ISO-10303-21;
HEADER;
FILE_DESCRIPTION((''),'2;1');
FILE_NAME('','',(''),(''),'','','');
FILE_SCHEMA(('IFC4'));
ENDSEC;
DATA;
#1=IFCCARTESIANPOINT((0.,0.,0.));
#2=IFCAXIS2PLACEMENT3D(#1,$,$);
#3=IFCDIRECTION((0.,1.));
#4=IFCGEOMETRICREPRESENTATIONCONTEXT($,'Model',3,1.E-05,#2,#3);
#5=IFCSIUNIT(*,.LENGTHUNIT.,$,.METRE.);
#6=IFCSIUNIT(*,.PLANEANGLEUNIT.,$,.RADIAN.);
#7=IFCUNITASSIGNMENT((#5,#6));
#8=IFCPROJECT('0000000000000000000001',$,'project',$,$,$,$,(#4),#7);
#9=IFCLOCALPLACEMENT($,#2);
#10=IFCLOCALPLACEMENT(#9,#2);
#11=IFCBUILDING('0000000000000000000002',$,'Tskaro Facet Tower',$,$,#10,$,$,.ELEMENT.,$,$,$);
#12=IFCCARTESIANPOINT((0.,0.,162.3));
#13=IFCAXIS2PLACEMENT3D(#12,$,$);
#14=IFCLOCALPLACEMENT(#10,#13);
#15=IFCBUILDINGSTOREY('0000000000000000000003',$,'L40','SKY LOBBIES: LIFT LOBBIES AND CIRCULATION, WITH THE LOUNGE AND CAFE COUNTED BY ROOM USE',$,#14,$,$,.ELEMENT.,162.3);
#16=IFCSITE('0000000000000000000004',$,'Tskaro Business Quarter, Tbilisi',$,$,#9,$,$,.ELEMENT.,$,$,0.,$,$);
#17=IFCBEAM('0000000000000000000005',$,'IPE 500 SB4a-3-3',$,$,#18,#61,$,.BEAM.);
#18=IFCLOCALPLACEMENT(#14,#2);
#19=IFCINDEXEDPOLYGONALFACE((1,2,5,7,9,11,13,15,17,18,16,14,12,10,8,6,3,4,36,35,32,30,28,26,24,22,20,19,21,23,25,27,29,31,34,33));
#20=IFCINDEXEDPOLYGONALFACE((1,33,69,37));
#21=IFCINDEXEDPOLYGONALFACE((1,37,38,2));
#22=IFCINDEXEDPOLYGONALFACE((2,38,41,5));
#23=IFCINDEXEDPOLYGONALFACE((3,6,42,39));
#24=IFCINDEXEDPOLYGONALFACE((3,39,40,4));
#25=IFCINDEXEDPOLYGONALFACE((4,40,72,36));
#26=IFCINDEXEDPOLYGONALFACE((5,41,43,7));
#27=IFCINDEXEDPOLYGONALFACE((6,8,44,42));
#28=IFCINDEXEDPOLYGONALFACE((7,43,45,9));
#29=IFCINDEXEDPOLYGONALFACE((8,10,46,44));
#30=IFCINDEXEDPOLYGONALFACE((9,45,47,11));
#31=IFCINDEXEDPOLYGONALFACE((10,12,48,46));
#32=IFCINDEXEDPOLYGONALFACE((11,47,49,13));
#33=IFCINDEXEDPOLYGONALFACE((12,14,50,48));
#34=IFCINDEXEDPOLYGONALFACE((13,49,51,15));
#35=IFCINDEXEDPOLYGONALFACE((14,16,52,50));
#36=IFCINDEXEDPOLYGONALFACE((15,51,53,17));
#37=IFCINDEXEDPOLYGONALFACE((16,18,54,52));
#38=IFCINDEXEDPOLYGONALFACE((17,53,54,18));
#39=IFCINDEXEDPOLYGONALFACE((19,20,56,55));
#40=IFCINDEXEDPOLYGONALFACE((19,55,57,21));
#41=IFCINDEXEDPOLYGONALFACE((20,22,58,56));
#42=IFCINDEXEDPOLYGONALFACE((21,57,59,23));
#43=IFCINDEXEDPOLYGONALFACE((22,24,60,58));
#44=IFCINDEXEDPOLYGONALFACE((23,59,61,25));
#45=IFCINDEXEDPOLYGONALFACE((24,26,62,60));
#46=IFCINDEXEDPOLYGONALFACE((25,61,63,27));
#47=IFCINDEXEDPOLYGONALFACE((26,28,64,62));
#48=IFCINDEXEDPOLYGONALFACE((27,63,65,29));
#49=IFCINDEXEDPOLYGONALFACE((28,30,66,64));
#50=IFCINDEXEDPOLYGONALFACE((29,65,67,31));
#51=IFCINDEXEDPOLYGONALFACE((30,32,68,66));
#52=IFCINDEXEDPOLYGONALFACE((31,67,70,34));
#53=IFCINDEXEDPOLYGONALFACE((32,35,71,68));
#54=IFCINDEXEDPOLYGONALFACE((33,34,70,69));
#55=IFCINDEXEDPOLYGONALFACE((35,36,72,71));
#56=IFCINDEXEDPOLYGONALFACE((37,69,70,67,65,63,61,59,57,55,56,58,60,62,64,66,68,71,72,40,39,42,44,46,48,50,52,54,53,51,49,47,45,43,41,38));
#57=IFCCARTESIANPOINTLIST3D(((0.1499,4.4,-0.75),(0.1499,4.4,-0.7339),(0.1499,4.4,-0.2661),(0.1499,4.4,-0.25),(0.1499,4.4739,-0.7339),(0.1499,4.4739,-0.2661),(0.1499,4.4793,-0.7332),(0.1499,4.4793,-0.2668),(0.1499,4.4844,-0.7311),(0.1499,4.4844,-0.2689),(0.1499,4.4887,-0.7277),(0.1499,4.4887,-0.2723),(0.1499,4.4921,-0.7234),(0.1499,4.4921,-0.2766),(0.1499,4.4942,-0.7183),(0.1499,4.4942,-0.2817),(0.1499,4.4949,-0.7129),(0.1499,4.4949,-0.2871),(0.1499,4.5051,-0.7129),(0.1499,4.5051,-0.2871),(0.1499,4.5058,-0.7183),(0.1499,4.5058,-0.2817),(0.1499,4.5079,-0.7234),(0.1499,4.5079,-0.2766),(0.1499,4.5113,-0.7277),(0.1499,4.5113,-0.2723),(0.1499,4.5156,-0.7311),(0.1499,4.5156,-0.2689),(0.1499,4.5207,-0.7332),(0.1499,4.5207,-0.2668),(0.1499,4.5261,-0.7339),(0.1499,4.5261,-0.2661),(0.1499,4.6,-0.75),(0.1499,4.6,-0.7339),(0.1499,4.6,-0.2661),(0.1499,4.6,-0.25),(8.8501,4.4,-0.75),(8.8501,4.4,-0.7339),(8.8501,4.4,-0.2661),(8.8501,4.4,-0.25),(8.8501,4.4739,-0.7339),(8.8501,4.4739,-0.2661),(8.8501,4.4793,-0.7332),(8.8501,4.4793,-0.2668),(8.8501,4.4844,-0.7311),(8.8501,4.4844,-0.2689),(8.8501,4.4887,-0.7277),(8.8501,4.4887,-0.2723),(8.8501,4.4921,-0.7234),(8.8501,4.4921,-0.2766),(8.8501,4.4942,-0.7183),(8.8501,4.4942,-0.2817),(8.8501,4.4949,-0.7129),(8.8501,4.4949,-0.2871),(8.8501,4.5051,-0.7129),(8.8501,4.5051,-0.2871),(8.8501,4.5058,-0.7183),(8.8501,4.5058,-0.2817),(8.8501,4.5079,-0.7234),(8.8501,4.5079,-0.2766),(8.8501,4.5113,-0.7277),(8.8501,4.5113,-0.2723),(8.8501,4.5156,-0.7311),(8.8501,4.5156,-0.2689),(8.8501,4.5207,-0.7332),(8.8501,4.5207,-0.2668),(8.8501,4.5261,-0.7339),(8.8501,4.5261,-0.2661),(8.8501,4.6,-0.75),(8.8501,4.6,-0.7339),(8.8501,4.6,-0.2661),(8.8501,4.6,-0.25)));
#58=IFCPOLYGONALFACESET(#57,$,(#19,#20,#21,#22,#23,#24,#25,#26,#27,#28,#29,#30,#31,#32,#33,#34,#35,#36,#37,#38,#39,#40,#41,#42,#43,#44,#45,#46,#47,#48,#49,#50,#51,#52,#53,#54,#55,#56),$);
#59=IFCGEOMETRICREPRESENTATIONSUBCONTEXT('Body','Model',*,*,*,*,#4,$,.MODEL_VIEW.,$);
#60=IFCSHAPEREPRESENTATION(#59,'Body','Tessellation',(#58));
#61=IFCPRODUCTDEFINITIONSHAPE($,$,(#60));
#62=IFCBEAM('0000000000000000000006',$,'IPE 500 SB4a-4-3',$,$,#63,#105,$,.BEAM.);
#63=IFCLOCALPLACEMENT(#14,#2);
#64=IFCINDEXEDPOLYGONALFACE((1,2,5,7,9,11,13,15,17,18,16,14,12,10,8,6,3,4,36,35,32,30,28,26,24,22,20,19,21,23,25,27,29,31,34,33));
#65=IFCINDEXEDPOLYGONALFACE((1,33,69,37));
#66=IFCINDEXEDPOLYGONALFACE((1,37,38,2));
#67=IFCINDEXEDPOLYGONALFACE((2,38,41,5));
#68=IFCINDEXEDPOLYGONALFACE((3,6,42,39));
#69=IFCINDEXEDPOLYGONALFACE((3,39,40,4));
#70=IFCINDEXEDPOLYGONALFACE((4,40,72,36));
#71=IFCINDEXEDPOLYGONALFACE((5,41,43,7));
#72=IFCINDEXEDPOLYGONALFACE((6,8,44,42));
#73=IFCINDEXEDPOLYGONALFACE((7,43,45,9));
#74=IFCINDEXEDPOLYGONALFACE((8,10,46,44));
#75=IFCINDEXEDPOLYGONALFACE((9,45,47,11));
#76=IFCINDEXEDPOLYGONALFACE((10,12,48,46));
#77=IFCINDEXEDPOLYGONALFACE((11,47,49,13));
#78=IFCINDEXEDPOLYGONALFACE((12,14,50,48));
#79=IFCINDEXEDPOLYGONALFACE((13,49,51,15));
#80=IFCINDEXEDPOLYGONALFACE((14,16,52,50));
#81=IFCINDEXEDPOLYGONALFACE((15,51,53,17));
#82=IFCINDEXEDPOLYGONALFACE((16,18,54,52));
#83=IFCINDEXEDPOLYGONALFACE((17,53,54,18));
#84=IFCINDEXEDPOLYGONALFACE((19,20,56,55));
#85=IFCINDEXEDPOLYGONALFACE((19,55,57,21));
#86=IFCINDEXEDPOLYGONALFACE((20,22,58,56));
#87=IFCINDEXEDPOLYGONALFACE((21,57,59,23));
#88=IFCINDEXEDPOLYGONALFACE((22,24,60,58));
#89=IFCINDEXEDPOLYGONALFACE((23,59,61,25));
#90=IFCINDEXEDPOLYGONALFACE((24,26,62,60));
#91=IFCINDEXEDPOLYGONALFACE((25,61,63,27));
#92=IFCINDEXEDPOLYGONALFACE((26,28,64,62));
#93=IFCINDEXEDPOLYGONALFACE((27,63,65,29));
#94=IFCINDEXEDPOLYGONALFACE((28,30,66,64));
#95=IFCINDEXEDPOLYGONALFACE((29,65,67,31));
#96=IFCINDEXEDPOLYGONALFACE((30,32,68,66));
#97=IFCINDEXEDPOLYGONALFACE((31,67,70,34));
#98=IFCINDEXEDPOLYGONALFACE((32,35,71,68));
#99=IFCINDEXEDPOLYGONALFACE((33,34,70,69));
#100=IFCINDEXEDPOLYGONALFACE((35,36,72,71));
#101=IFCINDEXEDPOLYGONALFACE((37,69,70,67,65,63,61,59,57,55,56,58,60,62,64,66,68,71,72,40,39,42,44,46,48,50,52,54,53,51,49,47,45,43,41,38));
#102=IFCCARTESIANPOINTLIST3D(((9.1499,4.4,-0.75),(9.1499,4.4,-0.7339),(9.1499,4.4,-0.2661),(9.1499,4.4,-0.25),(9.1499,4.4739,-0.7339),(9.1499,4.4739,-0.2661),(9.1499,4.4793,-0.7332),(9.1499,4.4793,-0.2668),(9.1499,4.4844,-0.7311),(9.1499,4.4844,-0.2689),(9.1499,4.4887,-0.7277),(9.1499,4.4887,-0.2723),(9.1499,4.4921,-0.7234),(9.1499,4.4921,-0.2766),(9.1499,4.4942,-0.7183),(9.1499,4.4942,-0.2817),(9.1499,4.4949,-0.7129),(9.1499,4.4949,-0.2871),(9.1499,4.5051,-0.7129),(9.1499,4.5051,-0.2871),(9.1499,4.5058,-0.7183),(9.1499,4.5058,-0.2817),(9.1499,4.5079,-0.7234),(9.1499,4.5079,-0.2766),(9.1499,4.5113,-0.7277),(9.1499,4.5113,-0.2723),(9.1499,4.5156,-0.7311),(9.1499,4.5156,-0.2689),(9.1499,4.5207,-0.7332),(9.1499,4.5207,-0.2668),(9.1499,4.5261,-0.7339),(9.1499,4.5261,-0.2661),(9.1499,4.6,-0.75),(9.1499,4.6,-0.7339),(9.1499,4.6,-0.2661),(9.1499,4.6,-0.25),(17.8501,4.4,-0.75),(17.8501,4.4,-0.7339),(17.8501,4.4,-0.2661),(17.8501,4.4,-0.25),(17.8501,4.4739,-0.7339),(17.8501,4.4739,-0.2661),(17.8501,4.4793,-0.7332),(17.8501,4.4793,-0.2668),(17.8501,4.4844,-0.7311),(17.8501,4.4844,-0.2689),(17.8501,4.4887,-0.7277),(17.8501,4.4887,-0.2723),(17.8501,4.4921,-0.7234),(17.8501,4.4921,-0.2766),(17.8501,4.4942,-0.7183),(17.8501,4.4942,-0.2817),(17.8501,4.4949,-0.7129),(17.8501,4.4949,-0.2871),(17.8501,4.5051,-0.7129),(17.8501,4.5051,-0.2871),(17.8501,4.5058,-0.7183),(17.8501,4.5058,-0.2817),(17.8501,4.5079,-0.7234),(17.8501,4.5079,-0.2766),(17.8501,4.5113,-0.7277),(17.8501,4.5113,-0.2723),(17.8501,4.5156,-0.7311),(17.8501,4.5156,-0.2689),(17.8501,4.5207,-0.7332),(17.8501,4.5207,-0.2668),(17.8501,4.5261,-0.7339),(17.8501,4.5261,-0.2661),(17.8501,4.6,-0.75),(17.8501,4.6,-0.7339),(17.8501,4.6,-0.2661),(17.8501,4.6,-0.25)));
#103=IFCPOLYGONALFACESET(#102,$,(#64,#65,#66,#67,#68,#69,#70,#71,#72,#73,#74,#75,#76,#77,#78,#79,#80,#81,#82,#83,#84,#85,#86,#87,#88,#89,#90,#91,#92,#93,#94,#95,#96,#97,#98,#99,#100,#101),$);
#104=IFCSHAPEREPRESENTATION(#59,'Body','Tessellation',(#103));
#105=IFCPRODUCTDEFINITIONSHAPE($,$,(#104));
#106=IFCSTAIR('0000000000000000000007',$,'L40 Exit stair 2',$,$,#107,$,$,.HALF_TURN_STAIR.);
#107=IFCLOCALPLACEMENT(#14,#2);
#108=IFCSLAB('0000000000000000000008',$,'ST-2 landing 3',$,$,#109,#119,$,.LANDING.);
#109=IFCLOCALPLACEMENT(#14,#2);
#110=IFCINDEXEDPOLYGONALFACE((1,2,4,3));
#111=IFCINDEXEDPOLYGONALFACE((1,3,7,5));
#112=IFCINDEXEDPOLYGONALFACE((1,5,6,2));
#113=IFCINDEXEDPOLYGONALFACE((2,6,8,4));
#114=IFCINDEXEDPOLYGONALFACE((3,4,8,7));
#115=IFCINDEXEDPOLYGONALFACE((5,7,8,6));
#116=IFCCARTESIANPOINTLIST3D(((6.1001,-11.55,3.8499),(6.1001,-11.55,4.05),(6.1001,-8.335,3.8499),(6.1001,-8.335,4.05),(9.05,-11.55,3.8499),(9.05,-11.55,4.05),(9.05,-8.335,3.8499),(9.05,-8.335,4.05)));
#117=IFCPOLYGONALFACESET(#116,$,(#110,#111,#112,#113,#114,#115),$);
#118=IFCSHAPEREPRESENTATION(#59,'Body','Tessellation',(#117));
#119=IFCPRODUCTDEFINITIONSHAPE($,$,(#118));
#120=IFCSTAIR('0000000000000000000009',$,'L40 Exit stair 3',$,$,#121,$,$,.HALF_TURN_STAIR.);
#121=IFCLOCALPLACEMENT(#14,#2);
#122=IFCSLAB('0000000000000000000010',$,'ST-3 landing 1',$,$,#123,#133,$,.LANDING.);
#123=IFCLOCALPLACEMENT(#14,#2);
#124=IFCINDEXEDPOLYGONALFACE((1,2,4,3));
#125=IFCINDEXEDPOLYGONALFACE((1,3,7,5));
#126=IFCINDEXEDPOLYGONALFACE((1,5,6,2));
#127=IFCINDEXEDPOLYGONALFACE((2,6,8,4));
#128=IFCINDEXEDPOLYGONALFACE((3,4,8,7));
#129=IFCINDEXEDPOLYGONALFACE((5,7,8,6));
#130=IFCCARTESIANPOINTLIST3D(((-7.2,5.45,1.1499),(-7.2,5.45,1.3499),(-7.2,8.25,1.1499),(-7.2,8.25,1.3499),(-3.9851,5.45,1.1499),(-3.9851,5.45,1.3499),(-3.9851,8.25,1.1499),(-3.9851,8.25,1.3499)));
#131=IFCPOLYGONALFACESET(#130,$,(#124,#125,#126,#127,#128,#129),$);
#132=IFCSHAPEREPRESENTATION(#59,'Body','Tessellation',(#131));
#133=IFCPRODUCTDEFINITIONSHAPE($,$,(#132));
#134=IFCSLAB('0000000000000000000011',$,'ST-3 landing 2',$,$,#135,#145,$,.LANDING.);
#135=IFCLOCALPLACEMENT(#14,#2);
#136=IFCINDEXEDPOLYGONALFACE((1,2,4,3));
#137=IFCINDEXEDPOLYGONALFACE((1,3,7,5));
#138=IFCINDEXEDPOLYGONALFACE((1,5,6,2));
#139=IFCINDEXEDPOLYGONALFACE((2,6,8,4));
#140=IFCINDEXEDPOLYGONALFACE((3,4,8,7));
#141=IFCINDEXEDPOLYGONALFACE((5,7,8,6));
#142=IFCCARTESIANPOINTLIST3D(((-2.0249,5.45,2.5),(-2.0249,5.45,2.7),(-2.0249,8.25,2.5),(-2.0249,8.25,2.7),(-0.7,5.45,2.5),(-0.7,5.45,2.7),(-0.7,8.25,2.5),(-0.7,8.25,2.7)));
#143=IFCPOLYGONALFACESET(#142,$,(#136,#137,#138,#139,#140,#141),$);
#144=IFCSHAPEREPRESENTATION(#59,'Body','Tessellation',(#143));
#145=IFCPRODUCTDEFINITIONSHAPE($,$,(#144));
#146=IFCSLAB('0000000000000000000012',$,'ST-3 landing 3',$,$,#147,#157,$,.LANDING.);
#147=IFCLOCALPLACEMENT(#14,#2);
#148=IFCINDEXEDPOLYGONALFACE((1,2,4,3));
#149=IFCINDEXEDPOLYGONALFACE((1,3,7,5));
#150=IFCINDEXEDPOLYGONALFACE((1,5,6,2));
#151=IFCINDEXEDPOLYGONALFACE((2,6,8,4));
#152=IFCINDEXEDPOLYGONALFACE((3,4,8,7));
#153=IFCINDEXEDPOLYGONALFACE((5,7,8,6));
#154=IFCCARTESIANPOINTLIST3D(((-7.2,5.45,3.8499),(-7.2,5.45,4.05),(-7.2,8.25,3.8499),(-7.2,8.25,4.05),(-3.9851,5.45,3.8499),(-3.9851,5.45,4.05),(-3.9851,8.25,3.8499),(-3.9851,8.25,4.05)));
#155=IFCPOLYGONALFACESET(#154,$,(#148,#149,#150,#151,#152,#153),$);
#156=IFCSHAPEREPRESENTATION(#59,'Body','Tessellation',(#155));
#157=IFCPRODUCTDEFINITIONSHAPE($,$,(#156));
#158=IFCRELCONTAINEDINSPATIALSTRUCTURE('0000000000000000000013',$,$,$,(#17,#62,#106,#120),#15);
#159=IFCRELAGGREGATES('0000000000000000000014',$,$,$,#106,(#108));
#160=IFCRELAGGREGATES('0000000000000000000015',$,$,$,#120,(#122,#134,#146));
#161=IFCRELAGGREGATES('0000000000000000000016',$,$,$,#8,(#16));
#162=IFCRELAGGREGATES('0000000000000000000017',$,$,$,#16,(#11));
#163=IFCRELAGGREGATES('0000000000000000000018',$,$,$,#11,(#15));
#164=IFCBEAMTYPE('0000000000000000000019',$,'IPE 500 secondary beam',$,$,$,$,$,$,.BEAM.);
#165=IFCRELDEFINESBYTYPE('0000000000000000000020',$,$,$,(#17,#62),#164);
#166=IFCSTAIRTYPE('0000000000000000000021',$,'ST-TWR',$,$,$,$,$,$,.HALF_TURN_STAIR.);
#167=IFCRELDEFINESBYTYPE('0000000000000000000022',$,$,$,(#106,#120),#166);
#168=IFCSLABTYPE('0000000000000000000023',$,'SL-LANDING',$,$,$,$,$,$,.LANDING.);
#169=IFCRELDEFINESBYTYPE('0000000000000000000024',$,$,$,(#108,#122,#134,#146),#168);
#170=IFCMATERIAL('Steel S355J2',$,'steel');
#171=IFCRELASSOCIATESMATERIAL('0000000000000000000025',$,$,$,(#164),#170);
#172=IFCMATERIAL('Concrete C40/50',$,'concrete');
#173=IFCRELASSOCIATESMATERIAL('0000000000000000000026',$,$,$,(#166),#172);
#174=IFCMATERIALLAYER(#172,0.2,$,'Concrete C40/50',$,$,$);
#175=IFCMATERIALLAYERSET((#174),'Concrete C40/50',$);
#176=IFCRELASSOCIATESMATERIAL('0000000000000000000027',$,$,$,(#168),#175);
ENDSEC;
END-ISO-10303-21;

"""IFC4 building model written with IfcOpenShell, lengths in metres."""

from ifc_helpers import new_model, si_unit, direction, frame, origin, origin_2d, place, context, subcontext, project, spatial, polyline, i_section, outline, extrude, material, layer, layer_set, material_profile, profile_set, type_object, element, aggregate, save


model = new_model("IFC4")

# Units and contexts
model_context = context("Model", 3, precision=1e-05, world=origin(), true_north=direction((0.0, 1.0)))
body_context = subcontext(model_context, "Body", "Model", "MODEL_VIEW")
ifc_project = project(units=[si_unit("LENGTHUNIT", "METRE"), si_unit("PLANEANGLEUNIT", "RADIAN")], contexts=[model_context])

# Site, building, storey
site_placement = place(None, origin())
site = spatial("IfcSite", under=ifc_project, at=site_placement, Name="Tskaro Business Quarter, Tbilisi", CompositionType="ELEMENT", RefElevation=0.0)
building_placement = place(site_placement, origin())
building = spatial("IfcBuilding", under=site, at=building_placement, Name="Tskaro Facet Tower", CompositionType="ELEMENT")
storey_placement = place(building_placement, frame((0.0, 0.0, 162.3)))
storey = spatial("IfcBuildingStorey", under=building, at=storey_placement, Name="L40", Description="SKY LOBBIES: LIFT LOBBIES AND CIRCULATION, WITH THE LOUNGE AND CAFE COUNTED BY ROOM USE", CompositionType="ELEMENT", Elevation=162.3)

# Beams
ifc_material_1 = material(Name="Steel S355J2", Category="steel")
ifc_material_profile_1 = material_profile(ifc_material_1, i_section(OverallWidth=0.2, OverallDepth=0.5, WebThickness=0.0103, FlangeThickness=0.0161, FilletRadius=0.021, at=origin_2d()), Name="IPE 500")
ifc_profile_set_1 = profile_set([ifc_material_profile_1], Name="Steel S355J2")
beam_type_1 = type_object("IfcBeamType", Name="IPE 500 secondary beam", PredefinedType="BEAM", material=ifc_profile_set_1)
for number, where, z_axis, x_axis, name in (
    (1, (0.1499, 4.5, -0.5), (1.0, 0.0, 0.0), (0.0, 1.0, 0.0), "IPE 500 SB4a-3-3"),
    (2, (9.1499, 4.5, -0.5), (1.0, 0.0, 0.0), (0.0, 1.0, 0.0), "IPE 500 SB4a-4-3"),
):
    element("IfcBeam", number, at=place(storey_placement, frame(where, z_axis=z_axis, x_axis=x_axis)), inside=storey, type_object=beam_type_1, Name=name, PredefinedType="BEAM", context=body_context, shape_type="SweptSolid", body=[
        extrude(i_section(OverallWidth=0.2, OverallDepth=0.5, WebThickness=0.0103, FlangeThickness=0.0161, FilletRadius=0.021, at=origin_2d()), origin(), (0.0, 0.0, 1.0), 8.7002),
    ])

# Stair, slab
ifc_material_2 = material(Name="Concrete C40/50", Category="concrete")
stair_type = type_object("IfcStairType", Name="ST-TWR", PredefinedType="HALF_TURN_STAIR", material=ifc_material_2)
stair_1_placement = place(storey_placement, origin())
stair_1 = element("IfcStair", 3, at=stair_1_placement, inside=storey, type_object=stair_type, Name="L40 Exit stair 2", PredefinedType="HALF_TURN_STAIR")
ifc_layer_1 = layer(ifc_material_2, 0.2, Name="Concrete C40/50")
ifc_layer_set_1 = layer_set([ifc_layer_1], Name="Concrete C40/50")
slab_type = type_object("IfcSlabType", Name="SL-LANDING", PredefinedType="LANDING", material=ifc_layer_set_1)
slab_1_placement = place(storey_placement, frame((0.0, 0.0, 3.8499)))
slab_1 = element("IfcSlab", 4, at=slab_1_placement, type_object=slab_type, Name="ST-2 landing 3", PredefinedType="LANDING", context=body_context, shape_type="SweptSolid", body=[
    extrude(outline(polyline([(6.1001, -11.55), (9.05, -11.55), (9.05, -8.335), (6.1001, -8.335), (6.1001, -11.55)])), origin(), (0.0, 0.0, 1.0), 0.2002),
])
aggregate(stair_1, [slab_1])

# Stair, slabs
stair_2_placement = place(storey_placement, origin())
stair_2 = element("IfcStair", 5, at=stair_2_placement, inside=storey, type_object=stair_type, Name="L40 Exit stair 3", PredefinedType="HALF_TURN_STAIR")
slab_2_placement = place(storey_placement, frame((0.0, 0.0, 1.1499)))
slab_2 = element("IfcSlab", 6, at=slab_2_placement, type_object=slab_type, Name="ST-3 landing 1", PredefinedType="LANDING", context=body_context, shape_type="SweptSolid", body=[
    extrude(outline(polyline([(-7.2, 5.45), (-3.9851, 5.45), (-3.9851, 8.25), (-7.2, 8.25), (-7.2, 5.45)])), origin(), (0.0, 0.0, 1.0), 0.2),
])
slab_3_placement = place(storey_placement, frame((0.0, 0.0, 2.5)))
slab_3 = element("IfcSlab", 7, at=slab_3_placement, type_object=slab_type, Name="ST-3 landing 2", PredefinedType="LANDING", context=body_context, shape_type="SweptSolid", body=[
    extrude(outline(polyline([(-2.0249, 5.45), (-0.7, 5.45), (-0.7, 8.25), (-2.0249, 8.25), (-2.0249, 5.45)])), origin(), (0.0, 0.0, 1.0), 0.2),
])
slab_4_placement = place(storey_placement, frame((0.0, 0.0, 3.8499)))
slab_4 = element("IfcSlab", 8, at=slab_4_placement, type_object=slab_type, Name="ST-3 landing 3", PredefinedType="LANDING", context=body_context, shape_type="SweptSolid", body=[
    extrude(outline(polyline([(-7.2, 5.45), (-3.9851, 5.45), (-3.9851, 8.25), (-7.2, 8.25), (-7.2, 5.45)])), origin(), (0.0, 0.0, 1.0), 0.2002),
])
aggregate(stair_2, [slab_2, slab_3, slab_4])

save(model, "model.ifc")
